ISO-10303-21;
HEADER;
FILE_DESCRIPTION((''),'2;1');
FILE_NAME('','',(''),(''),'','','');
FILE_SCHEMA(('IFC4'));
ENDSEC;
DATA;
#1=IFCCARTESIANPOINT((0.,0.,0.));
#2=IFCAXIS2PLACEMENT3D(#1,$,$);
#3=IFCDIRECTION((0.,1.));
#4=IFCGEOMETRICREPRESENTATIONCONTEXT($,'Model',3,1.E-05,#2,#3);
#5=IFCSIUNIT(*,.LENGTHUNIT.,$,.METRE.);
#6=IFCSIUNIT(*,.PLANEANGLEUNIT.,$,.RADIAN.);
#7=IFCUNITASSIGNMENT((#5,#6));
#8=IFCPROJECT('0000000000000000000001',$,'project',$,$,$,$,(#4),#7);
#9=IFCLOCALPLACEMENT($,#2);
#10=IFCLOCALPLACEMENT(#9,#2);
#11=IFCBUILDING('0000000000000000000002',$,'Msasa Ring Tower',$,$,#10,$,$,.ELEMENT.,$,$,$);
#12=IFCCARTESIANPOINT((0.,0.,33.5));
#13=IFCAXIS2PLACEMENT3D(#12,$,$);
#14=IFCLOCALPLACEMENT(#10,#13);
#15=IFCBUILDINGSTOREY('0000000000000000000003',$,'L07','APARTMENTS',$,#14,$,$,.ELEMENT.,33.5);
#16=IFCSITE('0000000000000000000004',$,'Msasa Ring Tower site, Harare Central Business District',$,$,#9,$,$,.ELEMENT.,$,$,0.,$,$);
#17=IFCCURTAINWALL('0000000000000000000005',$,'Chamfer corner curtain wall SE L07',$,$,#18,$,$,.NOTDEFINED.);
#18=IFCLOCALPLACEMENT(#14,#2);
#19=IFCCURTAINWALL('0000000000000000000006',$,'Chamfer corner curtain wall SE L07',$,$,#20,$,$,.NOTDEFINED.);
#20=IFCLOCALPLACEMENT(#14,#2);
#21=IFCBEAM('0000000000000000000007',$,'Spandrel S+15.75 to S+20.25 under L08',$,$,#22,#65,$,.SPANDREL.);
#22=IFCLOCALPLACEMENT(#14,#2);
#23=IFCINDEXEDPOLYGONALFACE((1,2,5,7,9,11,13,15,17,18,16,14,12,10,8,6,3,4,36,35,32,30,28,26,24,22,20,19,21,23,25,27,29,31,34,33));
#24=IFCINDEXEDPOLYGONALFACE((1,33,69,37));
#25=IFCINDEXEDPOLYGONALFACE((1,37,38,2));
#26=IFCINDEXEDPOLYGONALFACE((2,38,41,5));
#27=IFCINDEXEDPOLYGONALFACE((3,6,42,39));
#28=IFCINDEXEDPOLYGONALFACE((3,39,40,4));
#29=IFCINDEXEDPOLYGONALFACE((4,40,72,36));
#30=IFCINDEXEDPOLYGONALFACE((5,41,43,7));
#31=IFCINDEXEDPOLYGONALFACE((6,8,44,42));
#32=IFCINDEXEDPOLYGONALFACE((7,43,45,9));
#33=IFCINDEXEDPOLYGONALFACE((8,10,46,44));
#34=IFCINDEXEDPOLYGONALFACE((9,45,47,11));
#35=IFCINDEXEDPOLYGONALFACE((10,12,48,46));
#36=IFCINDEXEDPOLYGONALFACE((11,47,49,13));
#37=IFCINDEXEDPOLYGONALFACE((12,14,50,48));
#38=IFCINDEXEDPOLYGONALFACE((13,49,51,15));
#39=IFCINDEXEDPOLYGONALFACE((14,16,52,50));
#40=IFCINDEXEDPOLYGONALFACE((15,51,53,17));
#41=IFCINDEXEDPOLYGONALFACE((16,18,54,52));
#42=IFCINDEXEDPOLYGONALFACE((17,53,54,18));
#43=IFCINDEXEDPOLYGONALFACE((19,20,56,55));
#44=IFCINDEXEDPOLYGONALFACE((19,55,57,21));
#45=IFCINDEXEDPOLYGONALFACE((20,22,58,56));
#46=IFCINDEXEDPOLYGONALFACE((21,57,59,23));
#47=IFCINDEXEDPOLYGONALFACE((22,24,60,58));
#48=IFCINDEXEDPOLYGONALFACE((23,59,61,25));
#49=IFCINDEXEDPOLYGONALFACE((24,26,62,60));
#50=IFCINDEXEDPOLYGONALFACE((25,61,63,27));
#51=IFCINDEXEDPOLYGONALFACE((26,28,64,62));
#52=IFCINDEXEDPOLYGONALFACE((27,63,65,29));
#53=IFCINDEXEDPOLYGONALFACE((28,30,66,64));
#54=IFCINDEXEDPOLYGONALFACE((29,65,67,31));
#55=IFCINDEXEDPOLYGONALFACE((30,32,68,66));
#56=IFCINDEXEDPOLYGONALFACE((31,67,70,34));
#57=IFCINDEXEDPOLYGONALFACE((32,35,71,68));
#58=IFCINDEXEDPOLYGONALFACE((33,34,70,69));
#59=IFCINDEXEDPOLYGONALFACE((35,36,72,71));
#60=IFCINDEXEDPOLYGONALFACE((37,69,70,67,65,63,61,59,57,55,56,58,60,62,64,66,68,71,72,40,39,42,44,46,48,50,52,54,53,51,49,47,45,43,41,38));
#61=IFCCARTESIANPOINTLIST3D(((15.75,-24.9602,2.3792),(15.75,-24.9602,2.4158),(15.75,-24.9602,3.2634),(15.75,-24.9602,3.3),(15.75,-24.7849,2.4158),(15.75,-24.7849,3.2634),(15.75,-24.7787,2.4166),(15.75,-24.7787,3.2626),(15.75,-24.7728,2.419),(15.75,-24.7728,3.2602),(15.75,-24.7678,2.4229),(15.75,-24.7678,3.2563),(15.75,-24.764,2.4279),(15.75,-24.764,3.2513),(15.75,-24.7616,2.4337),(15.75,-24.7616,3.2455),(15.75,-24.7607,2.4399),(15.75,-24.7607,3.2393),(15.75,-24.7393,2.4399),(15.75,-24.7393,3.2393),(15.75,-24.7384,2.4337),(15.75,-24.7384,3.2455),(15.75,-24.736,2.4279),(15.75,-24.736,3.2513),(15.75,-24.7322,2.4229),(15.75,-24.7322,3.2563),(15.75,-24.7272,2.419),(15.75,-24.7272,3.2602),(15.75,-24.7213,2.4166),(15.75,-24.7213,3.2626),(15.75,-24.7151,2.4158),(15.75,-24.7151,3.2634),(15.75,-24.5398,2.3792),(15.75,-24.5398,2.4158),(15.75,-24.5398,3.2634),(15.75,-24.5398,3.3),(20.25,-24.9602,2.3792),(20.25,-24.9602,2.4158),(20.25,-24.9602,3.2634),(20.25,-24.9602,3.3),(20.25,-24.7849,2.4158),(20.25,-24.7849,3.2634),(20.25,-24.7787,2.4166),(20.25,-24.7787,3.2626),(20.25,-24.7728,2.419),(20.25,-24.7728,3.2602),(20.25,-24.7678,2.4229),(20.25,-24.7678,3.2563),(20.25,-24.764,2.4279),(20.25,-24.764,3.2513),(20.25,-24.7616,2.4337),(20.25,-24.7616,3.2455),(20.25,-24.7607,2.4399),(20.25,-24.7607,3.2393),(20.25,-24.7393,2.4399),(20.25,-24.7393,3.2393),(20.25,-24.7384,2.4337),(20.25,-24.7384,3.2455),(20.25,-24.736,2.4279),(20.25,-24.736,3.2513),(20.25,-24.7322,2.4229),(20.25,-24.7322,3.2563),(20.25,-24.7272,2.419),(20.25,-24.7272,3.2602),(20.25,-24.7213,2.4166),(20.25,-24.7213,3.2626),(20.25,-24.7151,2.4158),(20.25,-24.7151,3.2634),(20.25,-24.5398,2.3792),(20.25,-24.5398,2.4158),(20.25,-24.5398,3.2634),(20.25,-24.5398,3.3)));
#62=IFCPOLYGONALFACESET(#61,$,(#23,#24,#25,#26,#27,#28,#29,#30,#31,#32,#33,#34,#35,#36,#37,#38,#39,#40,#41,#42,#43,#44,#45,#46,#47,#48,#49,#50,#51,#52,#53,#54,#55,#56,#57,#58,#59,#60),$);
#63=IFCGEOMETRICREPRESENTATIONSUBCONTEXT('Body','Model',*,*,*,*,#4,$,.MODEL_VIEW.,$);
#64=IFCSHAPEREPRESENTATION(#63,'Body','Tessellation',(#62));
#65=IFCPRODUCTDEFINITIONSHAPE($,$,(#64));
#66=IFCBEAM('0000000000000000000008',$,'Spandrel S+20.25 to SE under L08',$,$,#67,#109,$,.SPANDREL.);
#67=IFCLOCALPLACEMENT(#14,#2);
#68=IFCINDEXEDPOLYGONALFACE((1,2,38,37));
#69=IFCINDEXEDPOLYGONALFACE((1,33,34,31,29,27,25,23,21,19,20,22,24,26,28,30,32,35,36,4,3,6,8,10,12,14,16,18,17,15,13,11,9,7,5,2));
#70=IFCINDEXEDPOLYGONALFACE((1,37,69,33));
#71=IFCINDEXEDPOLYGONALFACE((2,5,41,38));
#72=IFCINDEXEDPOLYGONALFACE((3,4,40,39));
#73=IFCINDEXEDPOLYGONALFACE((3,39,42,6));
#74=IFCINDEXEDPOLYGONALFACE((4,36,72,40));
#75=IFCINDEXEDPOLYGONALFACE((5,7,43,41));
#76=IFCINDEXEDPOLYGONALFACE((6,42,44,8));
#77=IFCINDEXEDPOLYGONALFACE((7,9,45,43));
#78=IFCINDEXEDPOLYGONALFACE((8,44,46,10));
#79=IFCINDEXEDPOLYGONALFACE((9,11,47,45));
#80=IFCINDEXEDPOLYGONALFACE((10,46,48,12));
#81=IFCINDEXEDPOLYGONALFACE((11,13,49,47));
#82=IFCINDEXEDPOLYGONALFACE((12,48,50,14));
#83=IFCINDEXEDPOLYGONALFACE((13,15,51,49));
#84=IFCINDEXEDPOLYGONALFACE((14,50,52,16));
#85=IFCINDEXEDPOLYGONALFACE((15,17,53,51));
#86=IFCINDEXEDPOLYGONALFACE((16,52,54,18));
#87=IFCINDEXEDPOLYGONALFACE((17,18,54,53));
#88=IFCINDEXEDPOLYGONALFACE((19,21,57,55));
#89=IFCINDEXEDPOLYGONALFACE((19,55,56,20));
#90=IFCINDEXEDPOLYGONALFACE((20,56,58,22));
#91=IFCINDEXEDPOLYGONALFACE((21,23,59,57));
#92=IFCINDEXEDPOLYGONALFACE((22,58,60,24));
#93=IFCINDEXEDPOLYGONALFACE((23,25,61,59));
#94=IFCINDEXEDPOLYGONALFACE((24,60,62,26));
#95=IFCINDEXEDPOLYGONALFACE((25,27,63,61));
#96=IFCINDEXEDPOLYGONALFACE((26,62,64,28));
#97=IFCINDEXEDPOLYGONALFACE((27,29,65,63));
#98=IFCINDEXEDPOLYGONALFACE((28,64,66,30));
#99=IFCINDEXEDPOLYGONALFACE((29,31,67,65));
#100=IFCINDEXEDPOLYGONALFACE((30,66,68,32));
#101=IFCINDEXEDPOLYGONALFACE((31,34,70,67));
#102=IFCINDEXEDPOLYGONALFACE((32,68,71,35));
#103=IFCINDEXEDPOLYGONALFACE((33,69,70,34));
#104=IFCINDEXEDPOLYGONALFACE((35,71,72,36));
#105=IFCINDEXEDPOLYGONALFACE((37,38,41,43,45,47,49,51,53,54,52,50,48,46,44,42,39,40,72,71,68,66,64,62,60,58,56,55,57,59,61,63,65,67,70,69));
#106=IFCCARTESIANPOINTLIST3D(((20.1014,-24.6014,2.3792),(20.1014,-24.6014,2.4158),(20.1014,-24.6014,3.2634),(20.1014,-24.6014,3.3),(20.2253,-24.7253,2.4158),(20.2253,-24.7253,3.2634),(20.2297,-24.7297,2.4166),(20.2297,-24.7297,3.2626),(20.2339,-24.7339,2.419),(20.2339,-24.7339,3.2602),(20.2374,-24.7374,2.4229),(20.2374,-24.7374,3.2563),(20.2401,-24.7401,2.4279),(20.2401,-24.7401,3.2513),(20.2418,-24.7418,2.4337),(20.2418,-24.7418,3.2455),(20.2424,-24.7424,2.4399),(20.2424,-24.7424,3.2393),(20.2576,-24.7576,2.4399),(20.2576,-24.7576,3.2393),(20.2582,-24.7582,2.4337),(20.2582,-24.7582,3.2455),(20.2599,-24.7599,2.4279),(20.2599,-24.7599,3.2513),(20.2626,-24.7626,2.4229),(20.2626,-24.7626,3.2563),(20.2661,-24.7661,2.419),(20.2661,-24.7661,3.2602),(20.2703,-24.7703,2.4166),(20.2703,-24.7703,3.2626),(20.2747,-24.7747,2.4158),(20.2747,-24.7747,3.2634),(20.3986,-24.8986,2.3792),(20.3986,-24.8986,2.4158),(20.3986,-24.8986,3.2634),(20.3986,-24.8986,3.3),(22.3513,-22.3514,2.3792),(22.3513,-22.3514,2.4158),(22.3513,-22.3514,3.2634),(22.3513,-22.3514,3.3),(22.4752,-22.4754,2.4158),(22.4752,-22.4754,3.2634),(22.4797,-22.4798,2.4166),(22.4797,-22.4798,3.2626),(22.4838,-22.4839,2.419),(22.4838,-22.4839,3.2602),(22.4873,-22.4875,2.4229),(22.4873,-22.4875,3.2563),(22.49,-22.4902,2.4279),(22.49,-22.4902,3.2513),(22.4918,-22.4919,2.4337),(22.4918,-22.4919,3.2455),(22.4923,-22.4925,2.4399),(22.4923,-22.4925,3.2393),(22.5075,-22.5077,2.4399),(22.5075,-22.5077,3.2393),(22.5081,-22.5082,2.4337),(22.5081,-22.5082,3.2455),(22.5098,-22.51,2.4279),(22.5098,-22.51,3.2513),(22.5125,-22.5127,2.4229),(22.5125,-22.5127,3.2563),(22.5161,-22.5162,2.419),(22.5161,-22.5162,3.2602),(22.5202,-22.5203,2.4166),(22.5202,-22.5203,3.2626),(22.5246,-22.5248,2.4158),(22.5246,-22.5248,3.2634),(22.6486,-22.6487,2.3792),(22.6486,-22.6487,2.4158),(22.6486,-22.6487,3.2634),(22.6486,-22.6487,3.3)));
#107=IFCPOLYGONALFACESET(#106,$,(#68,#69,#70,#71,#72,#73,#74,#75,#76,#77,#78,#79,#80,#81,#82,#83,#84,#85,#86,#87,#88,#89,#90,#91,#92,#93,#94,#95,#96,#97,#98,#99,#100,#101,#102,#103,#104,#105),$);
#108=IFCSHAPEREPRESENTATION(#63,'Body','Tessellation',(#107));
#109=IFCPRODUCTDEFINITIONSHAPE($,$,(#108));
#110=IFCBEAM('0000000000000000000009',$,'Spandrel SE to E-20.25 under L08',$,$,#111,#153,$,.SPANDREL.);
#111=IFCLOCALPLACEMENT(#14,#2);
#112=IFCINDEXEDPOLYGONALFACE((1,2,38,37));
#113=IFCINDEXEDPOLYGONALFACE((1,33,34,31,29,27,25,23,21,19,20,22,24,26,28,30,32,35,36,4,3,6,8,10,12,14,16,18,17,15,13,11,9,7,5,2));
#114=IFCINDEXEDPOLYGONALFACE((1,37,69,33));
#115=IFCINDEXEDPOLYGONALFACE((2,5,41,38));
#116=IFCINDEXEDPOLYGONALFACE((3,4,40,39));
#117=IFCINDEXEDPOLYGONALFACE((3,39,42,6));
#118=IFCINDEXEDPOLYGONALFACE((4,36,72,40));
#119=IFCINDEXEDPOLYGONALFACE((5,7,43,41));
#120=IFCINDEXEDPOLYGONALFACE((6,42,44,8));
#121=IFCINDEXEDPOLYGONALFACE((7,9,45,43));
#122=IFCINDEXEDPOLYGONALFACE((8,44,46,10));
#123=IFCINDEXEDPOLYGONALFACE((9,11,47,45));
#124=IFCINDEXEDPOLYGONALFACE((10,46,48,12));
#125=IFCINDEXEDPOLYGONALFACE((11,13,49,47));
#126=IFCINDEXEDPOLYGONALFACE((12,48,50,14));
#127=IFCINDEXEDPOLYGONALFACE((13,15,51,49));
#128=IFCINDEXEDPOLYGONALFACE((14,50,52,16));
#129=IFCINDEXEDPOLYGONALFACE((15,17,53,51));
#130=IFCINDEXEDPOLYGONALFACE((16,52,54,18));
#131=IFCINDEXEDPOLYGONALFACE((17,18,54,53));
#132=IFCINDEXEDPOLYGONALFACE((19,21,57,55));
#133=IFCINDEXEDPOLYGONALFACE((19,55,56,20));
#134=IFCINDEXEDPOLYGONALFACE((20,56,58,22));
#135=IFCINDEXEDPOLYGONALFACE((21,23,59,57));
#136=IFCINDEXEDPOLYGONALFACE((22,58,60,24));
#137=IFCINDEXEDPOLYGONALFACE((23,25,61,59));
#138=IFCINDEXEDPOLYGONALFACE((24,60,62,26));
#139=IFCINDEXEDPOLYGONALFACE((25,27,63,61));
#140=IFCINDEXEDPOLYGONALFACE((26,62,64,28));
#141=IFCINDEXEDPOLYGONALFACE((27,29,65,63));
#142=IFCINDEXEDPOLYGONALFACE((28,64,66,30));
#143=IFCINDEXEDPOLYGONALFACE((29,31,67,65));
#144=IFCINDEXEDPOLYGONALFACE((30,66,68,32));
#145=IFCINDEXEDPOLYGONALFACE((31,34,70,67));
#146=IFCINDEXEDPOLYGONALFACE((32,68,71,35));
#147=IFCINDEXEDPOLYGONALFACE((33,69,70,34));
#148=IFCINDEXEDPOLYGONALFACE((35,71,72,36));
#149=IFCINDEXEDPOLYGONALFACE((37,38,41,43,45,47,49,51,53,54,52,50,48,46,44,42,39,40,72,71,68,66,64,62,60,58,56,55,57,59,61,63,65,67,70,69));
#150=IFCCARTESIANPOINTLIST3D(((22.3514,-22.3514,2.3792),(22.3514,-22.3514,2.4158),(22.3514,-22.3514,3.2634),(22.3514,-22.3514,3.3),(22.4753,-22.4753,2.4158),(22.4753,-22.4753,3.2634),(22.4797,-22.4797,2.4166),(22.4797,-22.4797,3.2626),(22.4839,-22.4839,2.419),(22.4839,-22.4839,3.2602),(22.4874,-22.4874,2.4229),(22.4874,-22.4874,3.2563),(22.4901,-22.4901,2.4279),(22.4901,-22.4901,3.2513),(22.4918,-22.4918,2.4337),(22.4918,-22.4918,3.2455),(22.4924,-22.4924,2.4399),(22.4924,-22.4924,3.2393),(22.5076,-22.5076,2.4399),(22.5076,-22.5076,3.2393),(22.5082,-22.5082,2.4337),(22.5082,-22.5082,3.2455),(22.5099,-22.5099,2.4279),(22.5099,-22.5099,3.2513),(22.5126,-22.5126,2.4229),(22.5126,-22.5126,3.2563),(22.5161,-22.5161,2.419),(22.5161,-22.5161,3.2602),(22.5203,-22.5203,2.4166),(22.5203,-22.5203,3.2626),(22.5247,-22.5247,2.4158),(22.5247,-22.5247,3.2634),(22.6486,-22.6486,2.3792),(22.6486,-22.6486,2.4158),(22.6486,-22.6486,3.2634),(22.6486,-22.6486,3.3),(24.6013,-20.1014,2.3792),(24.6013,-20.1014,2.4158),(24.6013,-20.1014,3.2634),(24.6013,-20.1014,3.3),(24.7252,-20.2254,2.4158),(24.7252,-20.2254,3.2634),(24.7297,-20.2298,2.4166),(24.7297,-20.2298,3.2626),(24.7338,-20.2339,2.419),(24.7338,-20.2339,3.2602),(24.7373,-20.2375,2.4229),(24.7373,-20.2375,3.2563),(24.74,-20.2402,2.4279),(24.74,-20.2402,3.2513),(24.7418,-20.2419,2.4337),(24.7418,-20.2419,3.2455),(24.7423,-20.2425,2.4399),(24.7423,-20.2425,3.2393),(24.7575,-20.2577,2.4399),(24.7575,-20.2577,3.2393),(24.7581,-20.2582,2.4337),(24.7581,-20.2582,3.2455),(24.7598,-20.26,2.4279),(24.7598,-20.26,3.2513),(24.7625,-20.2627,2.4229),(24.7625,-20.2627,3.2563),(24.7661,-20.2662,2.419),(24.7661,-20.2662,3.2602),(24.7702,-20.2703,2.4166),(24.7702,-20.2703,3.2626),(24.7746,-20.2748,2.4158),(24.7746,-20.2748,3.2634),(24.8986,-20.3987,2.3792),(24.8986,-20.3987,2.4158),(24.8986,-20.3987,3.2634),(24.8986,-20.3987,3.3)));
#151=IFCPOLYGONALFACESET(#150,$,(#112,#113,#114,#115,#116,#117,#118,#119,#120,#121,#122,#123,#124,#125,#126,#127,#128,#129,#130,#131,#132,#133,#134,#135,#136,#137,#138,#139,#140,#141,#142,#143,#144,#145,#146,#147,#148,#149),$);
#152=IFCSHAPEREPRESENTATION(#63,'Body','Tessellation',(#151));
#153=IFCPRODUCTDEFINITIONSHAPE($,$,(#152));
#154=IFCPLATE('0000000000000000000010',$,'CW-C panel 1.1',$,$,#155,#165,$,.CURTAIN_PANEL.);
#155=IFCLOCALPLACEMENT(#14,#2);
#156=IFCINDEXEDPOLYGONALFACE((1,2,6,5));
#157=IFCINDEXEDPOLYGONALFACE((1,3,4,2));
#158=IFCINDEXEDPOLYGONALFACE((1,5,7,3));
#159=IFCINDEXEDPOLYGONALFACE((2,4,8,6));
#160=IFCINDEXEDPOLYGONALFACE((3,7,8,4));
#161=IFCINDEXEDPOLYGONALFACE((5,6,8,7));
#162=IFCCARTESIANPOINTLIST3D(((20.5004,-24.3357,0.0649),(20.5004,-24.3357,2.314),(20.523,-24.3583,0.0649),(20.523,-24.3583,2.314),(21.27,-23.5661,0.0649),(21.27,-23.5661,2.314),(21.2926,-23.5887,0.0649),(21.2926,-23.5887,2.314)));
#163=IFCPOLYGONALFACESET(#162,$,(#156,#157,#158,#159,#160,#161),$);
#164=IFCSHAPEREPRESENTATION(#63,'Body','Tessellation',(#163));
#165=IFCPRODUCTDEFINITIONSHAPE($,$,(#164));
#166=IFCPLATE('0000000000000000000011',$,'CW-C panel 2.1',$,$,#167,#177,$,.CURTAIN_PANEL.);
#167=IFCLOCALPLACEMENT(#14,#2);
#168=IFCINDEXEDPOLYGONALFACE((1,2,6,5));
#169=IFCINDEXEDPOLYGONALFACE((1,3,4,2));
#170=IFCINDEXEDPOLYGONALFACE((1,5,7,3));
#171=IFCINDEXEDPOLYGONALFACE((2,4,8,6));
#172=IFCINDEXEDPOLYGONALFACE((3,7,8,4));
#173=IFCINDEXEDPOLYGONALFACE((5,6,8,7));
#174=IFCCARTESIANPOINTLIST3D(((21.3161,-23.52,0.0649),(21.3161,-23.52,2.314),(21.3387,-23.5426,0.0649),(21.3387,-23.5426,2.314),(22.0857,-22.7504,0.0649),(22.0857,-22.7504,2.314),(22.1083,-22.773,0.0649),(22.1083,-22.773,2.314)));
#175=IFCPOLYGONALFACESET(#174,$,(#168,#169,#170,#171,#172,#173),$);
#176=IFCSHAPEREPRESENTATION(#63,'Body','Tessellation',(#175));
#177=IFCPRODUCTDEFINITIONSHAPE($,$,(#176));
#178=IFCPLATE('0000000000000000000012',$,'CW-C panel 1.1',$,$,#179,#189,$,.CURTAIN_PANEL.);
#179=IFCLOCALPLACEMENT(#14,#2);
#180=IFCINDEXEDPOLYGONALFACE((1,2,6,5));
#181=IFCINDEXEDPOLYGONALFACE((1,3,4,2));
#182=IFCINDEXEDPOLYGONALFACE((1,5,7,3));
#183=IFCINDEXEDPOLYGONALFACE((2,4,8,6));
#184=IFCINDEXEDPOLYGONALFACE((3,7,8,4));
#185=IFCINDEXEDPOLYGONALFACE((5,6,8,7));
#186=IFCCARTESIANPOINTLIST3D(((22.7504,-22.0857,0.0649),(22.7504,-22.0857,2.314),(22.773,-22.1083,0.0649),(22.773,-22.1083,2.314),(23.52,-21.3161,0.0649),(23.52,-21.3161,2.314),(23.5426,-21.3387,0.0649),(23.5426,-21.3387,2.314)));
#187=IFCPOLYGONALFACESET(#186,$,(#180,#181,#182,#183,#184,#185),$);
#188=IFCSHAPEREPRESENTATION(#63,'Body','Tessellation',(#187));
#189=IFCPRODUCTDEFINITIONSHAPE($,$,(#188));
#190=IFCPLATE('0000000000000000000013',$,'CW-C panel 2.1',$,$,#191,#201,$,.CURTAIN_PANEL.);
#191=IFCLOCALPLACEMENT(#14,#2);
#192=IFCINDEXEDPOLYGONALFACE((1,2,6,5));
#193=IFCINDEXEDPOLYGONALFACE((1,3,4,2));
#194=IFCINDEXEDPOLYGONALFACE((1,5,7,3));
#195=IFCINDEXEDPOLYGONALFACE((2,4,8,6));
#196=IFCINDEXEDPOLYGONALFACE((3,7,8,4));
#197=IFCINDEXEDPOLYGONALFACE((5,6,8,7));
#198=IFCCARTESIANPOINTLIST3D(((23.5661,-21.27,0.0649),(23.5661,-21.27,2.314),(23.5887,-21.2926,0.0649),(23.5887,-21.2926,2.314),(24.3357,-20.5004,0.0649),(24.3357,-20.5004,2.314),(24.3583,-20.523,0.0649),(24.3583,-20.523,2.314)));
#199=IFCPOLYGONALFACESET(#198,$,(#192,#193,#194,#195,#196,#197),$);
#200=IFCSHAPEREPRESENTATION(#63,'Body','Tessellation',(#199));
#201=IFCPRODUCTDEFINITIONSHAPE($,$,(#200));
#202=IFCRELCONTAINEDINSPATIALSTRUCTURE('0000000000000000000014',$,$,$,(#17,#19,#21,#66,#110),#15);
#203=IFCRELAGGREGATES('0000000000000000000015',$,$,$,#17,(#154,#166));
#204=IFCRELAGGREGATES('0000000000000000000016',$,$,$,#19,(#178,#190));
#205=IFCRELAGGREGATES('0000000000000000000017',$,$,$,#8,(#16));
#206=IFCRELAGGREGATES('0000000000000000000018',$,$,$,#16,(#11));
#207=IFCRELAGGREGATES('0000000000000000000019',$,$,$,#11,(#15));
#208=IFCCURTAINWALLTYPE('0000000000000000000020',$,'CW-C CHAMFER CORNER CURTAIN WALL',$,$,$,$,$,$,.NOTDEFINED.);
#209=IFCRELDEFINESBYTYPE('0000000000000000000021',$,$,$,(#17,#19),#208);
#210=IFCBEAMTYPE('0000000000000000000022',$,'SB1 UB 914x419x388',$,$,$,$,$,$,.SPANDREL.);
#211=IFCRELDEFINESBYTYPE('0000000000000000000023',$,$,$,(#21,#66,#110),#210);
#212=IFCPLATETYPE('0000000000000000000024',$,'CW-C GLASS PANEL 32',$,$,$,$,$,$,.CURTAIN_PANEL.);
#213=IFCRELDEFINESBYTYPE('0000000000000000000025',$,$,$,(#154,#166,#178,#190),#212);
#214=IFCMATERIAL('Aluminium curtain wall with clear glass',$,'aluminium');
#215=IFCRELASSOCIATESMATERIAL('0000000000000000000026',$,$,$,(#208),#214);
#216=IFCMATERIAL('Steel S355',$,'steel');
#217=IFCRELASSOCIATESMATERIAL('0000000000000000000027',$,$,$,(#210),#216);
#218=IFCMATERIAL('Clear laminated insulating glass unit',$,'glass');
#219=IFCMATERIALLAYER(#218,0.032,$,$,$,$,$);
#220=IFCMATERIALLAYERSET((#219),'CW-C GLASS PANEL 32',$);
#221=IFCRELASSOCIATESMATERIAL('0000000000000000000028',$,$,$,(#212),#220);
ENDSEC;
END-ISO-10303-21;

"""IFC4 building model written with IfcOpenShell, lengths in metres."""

from ifc_helpers import new_model, si_unit, direction, frame, origin, origin_2d, place, context, subcontext, project, spatial, rectangle, i_section, extrude, material, layer, layer_set, material_profile, profile_set, type_object, element, aggregate, save


model = new_model("IFC4")

# Units and contexts
model_context = context("Model", 3, precision=1e-05, world=origin(), true_north=direction((0.0, 1.0)))
body_context = subcontext(model_context, "Body", "Model", "MODEL_VIEW")
ifc_project = project(units=[si_unit("LENGTHUNIT", "METRE"), si_unit("PLANEANGLEUNIT", "RADIAN")], contexts=[model_context])

# Site, building, storey
site_placement = place(None, origin())
site = spatial("IfcSite", under=ifc_project, at=site_placement, Name="Msasa Ring Tower site, Harare Central Business District", CompositionType="ELEMENT", RefElevation=0.0)
building_placement = place(site_placement, origin())
building = spatial("IfcBuilding", under=site, at=building_placement, Name="Msasa Ring Tower", CompositionType="ELEMENT")
storey_placement = place(building_placement, frame((0.0, 0.0, 33.5)))
storey = spatial("IfcBuildingStorey", under=building, at=storey_placement, Name="L07", Description="APARTMENTS", CompositionType="ELEMENT", Elevation=33.5)

# Curtain walls
ifc_material_1 = material(Name="Aluminium curtain wall with clear glass", Category="aluminium")
curtain_wall_type = type_object("IfcCurtainWallType", Name="CW-C CHAMFER CORNER CURTAIN WALL", PredefinedType="NOTDEFINED", material=ifc_material_1)
curtain_wall_1_placement = place(storey_placement, origin())
curtain_wall_1 = element("IfcCurtainWall", 1, at=curtain_wall_1_placement, inside=storey, type_object=curtain_wall_type, Name="Chamfer corner curtain wall SE L07", PredefinedType="NOTDEFINED")
curtain_wall_2_placement = place(storey_placement, origin())
curtain_wall_2 = element("IfcCurtainWall", 2, at=curtain_wall_2_placement, inside=storey, type_object=curtain_wall_type, Name="Chamfer corner curtain wall SE L07", PredefinedType="NOTDEFINED")

# Beams
ifc_material_2 = material(Name="Steel S355", Category="steel")
ifc_material_profile_1 = material_profile(ifc_material_2, i_section(OverallWidth=0.4204, OverallDepth=0.9209, WebThickness=0.0215, FlangeThickness=0.0366, FilletRadius=0.0242, at=origin_2d()), Name="UB 914x419x388")
ifc_profile_set_1 = profile_set([ifc_material_profile_1], Name="Steel S355")
beam_type_1 = type_object("IfcBeamType", Name="SB1 UB 914x419x388", PredefinedType="SPANDREL", material=ifc_profile_set_1)
beam_1_placement = place(storey_placement, frame((15.75, -24.75, 2.8396), z_axis=(1.0, 0.0, 0.0), x_axis=(0.0, 1.0, 0.0)))
element("IfcBeam", 3, at=beam_1_placement, inside=storey, type_object=beam_type_1, Name="Spandrel S+15.75 to S+20.25 under L08", PredefinedType="SPANDREL", context=body_context, shape_type="SweptSolid", body=[
    extrude(i_section(OverallWidth=0.4204, OverallDepth=0.9209, WebThickness=0.0215, FlangeThickness=0.0366, FilletRadius=0.0242, at=origin_2d()), origin(), (0.0, 0.0, 1.0), 4.5),
])
for number, where, z_axis, x_axis, name in (
    (4, (20.25, -24.75, 2.8396), (0.707107, 0.707107, 0.0), (-0.707107, 0.707107, 0.0), "Spandrel S+20.25 to SE under L08"),
    (5, (22.5, -22.5, 2.8396), (0.707107, 0.707107, 0.0), (-0.707107, 0.707107, 0.0), "Spandrel SE to E-20.25 under L08"),
):
    element("IfcBeam", number, at=place(storey_placement, frame(where, z_axis=z_axis, x_axis=x_axis)), inside=storey, type_object=beam_type_1, Name=name, PredefinedType="SPANDREL", context=body_context, shape_type="SweptSolid", body=[
        extrude(i_section(OverallWidth=0.4204, OverallDepth=0.9209, WebThickness=0.0215, FlangeThickness=0.0366, FilletRadius=0.0242, at=origin_2d()), origin(), (0.0, 0.0, 1.0), 3.1819),
    ])

# Plates
ifc_material_3 = material(Name="Clear laminated insulating glass unit", Category="glass")
ifc_layer_1 = layer(ifc_material_3, 0.032)
ifc_layer_set_1 = layer_set([ifc_layer_1], Name="CW-C GLASS PANEL 32")
plate_type = type_object("IfcPlateType", Name="CW-C GLASS PANEL 32", PredefinedType="CURTAIN_PANEL", material=ifc_layer_set_1)
plate_1_placement = place(storey_placement, frame((20.8965, -23.9622, 0.0649), z_axis=(0.0, 0.0, 1.0), x_axis=(0.707107, 0.707107, 0.0)))
plate_1 = element("IfcPlate", 6, at=plate_1_placement, type_object=plate_type, Name="CW-C panel 1.1", PredefinedType="CURTAIN_PANEL", context=body_context, shape_type="SweptSolid", body=[
    extrude(rectangle(XDim=1.0884, YDim=0.032, at=origin_2d()), origin(), (0.0, 0.0, 1.0), 2.249),
])
plate_2_placement = place(storey_placement, frame((21.7122, -23.1465, 0.0649), z_axis=(0.0, 0.0, 1.0), x_axis=(0.707107, 0.707107, 0.0)))
plate_2 = element("IfcPlate", 7, at=plate_2_placement, type_object=plate_type, Name="CW-C panel 2.1", PredefinedType="CURTAIN_PANEL", context=body_context, shape_type="SweptSolid", body=[
    extrude(rectangle(XDim=1.0884, YDim=0.032, at=origin_2d()), origin(), (0.0, 0.0, 1.0), 2.249),
])
aggregate(curtain_wall_1, [plate_1, plate_2])
plate_3_placement = place(storey_placement, frame((23.1465, -21.7122, 0.0649), z_axis=(0.0, 0.0, 1.0), x_axis=(0.707107, 0.707107, 0.0)))
plate_3 = element("IfcPlate", 8, at=plate_3_placement, type_object=plate_type, Name="CW-C panel 1.1", PredefinedType="CURTAIN_PANEL", context=body_context, shape_type="SweptSolid", body=[
    extrude(rectangle(XDim=1.0884, YDim=0.032, at=origin_2d()), origin(), (0.0, 0.0, 1.0), 2.249),
])
plate_4_placement = place(storey_placement, frame((23.9622, -20.8965, 0.0649), z_axis=(0.0, 0.0, 1.0), x_axis=(0.707107, 0.707107, 0.0)))
plate_4 = element("IfcPlate", 9, at=plate_4_placement, type_object=plate_type, Name="CW-C panel 2.1", PredefinedType="CURTAIN_PANEL", context=body_context, shape_type="SweptSolid", body=[
    extrude(rectangle(XDim=1.0884, YDim=0.032, at=origin_2d()), origin(), (0.0, 0.0, 1.0), 2.249),
])
aggregate(curtain_wall_2, [plate_3, plate_4])

save(model, "model.ifc")
